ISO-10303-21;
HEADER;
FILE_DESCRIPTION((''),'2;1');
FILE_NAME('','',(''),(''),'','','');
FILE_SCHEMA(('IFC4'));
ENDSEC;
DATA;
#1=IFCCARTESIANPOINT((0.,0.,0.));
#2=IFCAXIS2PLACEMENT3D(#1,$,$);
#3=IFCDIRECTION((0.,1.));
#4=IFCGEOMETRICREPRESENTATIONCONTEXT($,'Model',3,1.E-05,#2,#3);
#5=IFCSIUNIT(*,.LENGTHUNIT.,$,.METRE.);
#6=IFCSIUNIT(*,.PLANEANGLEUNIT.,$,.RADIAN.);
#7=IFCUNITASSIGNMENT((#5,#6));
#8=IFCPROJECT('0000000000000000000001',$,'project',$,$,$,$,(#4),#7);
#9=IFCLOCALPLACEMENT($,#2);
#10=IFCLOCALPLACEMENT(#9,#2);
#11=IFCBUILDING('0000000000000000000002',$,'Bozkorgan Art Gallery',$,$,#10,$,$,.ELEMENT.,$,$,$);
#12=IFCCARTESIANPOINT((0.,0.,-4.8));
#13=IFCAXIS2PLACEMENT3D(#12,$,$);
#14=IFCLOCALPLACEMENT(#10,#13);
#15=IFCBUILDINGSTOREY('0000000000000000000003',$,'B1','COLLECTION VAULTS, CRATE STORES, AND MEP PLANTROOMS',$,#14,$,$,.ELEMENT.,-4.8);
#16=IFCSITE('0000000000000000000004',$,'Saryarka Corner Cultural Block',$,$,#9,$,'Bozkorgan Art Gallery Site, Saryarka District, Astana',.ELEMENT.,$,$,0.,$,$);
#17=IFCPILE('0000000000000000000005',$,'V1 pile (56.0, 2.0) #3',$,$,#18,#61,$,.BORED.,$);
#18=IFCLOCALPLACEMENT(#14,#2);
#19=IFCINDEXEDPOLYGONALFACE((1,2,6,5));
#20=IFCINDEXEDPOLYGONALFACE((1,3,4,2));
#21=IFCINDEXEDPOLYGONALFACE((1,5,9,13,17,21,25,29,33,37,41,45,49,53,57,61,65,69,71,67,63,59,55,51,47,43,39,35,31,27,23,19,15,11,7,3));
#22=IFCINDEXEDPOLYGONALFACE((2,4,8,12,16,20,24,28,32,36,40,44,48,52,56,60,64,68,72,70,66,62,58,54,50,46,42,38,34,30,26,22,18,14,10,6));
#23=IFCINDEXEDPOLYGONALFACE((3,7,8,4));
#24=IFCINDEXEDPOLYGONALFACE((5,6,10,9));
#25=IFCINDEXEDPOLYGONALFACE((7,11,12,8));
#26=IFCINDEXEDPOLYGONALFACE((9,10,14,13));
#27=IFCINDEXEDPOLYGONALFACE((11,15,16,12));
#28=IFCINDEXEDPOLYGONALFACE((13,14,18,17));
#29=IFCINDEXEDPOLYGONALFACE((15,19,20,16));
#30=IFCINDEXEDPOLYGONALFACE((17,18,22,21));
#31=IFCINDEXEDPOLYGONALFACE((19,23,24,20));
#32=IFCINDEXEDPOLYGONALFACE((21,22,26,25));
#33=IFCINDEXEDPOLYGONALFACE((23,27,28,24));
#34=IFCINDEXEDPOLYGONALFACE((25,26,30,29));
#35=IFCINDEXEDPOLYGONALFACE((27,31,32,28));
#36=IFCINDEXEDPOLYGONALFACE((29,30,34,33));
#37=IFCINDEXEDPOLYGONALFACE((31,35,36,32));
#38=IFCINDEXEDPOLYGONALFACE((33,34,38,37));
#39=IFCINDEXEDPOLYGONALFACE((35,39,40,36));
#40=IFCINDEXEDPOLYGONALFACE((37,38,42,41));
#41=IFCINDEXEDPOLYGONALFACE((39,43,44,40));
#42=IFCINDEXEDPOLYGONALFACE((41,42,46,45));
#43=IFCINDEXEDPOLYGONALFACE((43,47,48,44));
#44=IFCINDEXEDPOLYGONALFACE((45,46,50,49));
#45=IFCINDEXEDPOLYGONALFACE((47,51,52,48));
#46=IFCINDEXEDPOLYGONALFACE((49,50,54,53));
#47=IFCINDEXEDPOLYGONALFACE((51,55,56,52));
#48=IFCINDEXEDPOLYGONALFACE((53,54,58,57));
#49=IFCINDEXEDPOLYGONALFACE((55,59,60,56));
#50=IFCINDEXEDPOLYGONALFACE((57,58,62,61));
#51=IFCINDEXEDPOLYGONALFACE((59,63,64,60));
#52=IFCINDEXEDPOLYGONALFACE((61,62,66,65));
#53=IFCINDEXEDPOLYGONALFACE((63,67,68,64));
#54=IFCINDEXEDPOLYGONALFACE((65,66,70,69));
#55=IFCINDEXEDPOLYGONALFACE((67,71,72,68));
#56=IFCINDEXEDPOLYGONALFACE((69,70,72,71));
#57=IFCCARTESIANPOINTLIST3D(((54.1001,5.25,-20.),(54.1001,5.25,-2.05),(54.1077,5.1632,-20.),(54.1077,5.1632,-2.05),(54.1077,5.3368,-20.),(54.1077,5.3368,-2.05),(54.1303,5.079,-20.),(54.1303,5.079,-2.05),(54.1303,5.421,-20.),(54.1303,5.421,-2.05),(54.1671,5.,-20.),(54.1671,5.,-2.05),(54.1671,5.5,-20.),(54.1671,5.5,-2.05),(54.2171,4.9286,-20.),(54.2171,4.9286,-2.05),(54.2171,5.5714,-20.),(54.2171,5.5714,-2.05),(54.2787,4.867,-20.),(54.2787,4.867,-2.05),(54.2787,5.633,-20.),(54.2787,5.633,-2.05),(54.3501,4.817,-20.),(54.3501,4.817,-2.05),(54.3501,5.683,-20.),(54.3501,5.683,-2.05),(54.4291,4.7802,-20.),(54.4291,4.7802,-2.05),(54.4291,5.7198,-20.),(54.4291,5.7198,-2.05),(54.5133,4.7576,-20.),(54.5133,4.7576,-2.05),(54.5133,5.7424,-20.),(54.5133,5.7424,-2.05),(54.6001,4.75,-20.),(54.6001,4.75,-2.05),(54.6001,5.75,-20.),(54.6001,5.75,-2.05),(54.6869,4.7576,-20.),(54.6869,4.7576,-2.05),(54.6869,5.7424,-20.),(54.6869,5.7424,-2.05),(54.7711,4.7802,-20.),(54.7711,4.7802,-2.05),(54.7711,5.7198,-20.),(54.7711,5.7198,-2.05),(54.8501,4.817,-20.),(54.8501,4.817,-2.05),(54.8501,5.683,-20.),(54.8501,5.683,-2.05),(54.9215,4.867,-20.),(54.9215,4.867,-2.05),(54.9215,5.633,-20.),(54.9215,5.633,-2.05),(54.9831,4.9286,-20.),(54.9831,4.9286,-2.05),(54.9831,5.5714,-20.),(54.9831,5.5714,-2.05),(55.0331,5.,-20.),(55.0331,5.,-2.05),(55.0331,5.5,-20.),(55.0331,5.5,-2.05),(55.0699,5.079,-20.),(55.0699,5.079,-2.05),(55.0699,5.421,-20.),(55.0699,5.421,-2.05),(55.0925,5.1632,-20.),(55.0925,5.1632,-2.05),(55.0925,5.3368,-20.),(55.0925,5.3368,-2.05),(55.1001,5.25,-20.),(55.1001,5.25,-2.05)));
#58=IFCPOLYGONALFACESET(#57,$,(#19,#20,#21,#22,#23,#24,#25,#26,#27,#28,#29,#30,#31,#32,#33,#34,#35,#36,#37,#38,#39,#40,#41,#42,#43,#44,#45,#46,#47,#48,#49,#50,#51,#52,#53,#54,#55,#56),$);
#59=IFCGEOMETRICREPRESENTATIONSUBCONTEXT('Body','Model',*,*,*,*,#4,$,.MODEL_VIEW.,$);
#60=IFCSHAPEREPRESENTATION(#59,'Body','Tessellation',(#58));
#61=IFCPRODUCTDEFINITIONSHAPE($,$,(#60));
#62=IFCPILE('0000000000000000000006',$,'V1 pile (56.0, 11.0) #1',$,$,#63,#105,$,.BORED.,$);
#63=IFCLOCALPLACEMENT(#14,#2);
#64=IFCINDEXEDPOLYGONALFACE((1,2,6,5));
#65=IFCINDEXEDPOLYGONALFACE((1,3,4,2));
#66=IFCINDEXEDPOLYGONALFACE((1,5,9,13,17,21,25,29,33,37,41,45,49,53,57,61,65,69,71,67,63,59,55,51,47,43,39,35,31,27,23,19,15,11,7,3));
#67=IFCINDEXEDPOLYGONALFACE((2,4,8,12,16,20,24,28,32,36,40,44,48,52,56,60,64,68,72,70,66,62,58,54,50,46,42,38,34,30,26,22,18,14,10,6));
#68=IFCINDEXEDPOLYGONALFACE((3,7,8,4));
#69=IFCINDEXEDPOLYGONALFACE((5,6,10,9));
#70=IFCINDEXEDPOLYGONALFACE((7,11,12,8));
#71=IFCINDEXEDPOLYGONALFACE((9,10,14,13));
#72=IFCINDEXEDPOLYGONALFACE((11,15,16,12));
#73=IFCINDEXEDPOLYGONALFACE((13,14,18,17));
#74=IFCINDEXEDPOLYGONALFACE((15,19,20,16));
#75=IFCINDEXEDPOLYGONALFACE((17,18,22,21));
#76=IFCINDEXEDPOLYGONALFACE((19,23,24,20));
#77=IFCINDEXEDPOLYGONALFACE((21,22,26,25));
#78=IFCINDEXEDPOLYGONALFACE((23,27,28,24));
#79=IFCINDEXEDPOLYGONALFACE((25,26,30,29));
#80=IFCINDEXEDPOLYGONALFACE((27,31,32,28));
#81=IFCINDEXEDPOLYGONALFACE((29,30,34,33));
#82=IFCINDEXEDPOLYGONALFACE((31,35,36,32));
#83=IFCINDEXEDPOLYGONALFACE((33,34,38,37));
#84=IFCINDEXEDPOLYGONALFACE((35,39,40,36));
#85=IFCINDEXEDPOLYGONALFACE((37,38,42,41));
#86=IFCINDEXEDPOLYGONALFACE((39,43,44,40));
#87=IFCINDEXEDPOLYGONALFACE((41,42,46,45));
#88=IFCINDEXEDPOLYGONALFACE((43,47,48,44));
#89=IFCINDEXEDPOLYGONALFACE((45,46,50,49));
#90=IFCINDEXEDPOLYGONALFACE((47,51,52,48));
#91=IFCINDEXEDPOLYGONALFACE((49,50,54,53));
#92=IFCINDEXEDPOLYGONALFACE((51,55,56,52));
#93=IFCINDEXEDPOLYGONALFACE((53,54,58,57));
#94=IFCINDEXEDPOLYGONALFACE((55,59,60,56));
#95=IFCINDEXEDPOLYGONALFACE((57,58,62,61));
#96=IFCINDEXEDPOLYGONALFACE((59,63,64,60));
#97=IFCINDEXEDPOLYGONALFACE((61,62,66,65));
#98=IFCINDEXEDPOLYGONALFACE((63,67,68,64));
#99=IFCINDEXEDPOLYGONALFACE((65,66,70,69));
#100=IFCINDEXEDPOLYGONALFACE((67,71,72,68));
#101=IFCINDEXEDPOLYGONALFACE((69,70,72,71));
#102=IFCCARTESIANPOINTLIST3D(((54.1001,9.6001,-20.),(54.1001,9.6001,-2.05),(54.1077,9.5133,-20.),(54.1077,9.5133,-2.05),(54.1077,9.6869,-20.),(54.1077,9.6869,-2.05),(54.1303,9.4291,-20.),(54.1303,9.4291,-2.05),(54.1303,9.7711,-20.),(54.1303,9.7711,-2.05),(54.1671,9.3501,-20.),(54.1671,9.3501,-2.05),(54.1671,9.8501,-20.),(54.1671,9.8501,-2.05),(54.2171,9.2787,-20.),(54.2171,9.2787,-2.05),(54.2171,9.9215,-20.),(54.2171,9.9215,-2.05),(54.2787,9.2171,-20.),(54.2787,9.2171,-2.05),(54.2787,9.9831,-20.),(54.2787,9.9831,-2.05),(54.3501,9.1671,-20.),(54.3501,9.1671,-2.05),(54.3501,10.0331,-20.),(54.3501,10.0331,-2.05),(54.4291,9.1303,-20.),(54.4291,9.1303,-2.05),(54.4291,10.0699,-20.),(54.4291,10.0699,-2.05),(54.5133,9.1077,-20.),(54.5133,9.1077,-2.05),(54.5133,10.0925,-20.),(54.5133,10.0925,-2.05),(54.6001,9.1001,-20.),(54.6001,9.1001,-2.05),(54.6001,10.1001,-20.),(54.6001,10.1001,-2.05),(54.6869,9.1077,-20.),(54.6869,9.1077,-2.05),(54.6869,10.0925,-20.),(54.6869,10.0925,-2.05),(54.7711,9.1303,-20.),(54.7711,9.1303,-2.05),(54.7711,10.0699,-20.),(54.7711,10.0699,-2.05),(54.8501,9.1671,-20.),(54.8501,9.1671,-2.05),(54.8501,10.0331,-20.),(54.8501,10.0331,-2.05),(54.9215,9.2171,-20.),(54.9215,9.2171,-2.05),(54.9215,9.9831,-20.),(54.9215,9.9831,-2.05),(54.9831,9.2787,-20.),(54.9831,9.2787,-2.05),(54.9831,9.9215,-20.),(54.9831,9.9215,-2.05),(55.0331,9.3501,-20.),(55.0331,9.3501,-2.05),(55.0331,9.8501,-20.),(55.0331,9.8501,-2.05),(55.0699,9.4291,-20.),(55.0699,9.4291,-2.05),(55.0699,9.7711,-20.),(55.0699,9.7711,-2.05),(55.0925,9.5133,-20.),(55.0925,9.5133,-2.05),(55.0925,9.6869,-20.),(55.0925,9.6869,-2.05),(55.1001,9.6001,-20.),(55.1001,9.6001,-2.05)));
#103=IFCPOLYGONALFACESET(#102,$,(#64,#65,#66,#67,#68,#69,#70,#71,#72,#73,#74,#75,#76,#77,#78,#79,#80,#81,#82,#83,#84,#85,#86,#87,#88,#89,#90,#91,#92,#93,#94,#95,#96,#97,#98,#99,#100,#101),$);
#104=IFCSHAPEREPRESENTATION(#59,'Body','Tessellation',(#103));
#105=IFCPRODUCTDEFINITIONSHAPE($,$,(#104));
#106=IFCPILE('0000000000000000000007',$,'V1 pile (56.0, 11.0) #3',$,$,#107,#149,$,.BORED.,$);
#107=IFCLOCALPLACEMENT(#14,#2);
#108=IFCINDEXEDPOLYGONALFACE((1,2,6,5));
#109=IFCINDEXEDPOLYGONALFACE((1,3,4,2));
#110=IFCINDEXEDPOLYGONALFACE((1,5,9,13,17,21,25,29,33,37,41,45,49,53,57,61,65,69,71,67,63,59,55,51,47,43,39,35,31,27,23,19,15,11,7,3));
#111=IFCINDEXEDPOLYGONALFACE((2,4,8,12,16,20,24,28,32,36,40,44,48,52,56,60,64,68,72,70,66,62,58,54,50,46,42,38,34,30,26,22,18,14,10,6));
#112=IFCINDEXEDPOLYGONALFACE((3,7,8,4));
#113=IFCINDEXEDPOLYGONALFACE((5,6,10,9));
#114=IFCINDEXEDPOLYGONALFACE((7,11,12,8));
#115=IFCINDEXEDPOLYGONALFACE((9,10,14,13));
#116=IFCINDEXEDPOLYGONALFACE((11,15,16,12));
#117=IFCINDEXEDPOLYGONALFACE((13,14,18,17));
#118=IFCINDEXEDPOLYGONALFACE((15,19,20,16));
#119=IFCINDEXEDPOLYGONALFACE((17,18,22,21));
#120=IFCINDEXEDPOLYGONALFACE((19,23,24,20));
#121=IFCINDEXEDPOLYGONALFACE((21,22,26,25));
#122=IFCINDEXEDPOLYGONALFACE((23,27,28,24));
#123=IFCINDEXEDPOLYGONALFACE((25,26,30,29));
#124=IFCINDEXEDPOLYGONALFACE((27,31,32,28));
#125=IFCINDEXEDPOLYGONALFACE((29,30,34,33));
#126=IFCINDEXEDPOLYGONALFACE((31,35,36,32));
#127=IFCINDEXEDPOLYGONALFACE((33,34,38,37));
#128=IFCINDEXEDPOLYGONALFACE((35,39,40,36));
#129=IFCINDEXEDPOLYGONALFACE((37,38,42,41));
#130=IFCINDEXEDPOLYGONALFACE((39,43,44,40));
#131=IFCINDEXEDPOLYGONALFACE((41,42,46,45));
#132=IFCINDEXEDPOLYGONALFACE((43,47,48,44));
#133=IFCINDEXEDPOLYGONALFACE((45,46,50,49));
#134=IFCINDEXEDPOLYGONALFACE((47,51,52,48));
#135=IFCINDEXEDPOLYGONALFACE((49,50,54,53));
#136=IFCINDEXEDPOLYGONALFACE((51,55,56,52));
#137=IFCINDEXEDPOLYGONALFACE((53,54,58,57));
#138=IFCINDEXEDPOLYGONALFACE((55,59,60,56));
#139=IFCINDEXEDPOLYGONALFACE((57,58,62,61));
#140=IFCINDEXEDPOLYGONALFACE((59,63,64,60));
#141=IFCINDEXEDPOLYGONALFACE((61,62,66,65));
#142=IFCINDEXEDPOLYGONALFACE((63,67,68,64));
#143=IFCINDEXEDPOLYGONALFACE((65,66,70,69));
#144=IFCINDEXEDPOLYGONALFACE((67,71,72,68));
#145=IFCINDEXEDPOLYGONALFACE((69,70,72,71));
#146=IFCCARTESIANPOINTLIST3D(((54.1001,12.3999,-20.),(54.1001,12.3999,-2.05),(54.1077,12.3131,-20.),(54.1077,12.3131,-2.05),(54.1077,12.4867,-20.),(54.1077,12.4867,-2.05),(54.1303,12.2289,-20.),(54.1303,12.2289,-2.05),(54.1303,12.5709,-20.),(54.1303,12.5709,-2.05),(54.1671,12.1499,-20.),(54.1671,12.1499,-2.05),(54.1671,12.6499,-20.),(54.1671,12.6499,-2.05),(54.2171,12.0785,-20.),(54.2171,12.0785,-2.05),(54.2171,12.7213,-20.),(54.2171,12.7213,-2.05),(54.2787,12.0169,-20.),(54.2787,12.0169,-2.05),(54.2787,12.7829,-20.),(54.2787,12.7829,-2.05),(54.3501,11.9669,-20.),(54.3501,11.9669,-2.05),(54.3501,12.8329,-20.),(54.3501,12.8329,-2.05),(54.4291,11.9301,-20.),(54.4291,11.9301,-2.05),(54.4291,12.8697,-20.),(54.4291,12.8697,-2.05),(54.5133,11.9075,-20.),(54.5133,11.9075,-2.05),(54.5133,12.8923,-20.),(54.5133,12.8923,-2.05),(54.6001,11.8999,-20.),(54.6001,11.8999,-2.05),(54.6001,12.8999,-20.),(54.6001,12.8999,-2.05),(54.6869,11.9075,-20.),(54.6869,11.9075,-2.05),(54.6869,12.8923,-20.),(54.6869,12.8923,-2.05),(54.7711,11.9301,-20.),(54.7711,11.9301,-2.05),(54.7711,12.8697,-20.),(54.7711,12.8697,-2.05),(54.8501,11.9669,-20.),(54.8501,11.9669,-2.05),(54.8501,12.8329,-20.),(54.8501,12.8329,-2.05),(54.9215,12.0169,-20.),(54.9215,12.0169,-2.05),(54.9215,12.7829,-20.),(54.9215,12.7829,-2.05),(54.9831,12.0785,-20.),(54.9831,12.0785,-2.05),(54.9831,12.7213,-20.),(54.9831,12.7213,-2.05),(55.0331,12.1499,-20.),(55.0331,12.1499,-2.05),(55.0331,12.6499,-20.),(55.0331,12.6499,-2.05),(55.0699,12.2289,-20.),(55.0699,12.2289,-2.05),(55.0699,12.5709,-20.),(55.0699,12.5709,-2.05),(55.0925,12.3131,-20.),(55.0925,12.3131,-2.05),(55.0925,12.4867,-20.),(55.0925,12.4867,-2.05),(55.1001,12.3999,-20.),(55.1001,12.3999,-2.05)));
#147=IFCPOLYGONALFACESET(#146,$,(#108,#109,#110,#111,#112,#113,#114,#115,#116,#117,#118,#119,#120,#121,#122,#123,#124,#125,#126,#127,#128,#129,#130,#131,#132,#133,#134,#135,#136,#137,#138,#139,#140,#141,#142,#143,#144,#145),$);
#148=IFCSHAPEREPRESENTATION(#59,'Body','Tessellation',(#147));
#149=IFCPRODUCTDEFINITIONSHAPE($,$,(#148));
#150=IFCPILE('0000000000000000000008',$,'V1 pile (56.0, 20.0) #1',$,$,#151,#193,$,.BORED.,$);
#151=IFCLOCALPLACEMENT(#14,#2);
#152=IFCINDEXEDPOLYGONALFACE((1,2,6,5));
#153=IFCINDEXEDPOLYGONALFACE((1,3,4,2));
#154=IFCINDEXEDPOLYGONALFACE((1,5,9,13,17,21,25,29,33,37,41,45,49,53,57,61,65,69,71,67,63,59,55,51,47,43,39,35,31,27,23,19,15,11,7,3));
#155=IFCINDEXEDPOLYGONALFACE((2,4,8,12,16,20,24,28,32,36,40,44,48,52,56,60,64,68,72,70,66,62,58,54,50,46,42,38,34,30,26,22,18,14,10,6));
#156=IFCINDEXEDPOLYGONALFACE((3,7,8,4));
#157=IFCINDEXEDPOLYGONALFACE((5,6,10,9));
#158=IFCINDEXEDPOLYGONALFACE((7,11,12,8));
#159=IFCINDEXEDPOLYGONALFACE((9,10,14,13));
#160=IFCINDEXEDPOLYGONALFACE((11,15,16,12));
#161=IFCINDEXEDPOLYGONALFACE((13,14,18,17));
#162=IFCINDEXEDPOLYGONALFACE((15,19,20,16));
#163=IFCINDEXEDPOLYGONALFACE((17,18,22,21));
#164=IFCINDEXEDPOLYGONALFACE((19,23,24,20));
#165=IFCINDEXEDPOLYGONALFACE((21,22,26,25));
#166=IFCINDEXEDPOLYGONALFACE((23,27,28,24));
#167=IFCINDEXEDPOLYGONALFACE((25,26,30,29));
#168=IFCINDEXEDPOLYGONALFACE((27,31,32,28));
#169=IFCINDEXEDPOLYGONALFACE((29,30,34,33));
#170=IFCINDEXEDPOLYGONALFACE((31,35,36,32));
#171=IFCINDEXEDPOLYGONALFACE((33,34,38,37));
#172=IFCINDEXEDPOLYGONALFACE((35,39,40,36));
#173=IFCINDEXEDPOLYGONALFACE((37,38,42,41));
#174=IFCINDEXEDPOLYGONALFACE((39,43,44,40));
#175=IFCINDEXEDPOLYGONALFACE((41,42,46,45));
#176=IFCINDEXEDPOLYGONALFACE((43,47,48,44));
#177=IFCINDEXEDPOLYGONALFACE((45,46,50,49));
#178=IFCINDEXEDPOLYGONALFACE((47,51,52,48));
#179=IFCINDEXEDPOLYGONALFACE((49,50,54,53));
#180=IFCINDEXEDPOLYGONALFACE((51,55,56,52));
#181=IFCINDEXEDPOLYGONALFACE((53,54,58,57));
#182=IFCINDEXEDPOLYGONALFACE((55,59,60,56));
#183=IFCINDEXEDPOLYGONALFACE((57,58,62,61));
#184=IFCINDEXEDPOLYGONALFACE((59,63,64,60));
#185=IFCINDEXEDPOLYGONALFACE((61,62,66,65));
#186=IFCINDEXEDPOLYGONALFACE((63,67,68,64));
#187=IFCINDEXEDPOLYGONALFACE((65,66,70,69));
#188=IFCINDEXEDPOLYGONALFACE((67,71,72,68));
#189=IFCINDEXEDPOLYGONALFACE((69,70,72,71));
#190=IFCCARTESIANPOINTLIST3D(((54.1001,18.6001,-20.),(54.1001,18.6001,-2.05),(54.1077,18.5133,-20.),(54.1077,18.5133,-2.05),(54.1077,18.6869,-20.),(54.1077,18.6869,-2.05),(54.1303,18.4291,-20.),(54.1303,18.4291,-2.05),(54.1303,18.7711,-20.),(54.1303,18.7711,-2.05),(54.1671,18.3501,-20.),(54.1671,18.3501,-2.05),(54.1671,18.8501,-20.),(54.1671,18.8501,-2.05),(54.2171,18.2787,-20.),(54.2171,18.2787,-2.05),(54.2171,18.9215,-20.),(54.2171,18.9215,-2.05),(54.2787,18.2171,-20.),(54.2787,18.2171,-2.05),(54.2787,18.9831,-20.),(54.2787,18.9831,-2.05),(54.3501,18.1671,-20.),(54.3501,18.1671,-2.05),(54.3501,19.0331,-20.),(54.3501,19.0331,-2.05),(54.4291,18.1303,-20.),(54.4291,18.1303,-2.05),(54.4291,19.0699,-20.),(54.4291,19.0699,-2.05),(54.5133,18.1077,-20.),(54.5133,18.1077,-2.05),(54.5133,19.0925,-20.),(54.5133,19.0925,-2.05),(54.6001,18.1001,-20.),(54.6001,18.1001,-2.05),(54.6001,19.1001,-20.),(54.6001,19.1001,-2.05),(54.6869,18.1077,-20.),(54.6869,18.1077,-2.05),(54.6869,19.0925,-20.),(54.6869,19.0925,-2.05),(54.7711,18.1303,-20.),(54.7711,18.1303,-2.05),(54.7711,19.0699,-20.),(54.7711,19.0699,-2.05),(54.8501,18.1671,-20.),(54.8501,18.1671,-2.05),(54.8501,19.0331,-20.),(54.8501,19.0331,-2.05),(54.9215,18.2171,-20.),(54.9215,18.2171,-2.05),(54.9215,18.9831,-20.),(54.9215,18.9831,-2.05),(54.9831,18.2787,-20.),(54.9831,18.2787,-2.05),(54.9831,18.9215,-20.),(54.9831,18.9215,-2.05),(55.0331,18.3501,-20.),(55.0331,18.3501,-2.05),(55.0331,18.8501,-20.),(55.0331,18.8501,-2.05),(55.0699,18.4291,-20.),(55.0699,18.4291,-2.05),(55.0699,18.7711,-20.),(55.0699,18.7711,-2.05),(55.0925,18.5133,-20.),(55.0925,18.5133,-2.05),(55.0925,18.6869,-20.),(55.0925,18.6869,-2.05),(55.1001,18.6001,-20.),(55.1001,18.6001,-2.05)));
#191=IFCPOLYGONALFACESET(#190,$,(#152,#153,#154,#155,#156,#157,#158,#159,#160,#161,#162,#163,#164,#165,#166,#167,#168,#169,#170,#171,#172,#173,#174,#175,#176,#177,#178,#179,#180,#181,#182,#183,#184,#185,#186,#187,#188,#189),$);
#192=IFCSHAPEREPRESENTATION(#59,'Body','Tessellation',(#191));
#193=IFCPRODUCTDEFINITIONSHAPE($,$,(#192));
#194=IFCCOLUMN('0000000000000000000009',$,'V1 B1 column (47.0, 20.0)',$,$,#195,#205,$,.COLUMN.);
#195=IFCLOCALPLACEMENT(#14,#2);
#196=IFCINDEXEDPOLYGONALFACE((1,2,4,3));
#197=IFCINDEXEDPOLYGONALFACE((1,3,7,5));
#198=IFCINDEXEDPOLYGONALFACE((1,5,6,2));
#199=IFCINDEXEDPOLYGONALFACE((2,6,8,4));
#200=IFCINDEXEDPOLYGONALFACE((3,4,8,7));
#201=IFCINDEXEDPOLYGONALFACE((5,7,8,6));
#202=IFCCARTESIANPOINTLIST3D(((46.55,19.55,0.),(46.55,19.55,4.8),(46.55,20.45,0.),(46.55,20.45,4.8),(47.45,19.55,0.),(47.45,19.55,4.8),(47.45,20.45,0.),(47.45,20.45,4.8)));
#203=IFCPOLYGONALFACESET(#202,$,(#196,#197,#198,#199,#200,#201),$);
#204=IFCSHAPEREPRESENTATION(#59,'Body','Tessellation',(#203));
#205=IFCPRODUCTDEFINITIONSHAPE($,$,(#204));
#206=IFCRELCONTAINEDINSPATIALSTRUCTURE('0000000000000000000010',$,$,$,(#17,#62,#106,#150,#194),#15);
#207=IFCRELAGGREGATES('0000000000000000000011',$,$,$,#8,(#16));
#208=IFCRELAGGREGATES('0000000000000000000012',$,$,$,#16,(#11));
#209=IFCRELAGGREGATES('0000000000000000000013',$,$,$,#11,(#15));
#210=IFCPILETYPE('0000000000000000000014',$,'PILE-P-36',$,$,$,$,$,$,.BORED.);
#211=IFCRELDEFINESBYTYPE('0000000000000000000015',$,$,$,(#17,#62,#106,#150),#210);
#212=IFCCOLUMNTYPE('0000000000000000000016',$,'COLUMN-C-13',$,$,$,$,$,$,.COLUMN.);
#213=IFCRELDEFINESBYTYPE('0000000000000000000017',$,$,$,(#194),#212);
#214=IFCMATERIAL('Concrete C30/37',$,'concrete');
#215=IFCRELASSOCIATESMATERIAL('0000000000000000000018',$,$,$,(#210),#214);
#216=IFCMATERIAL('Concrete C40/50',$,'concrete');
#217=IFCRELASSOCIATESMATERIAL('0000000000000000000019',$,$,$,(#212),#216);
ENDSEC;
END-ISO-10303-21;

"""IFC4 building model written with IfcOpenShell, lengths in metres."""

from ifc_helpers import new_model, si_unit, direction, frame, origin, origin_2d, place, context, subcontext, project, spatial, rectangle, circle, extrude, material, material_profile, profile_set, type_object, element, save


model = new_model("IFC4")

# Units and contexts
model_context = context("Model", 3, precision=1e-05, world=origin(), true_north=direction((0.0, 1.0)))
body_context = subcontext(model_context, "Body", "Model", "MODEL_VIEW")
ifc_project = project(units=[si_unit("LENGTHUNIT", "METRE"), si_unit("PLANEANGLEUNIT", "RADIAN")], contexts=[model_context])

# Site, building, storey
site_placement = place(None, origin())
site = spatial("IfcSite", under=ifc_project, at=site_placement, Name="Saryarka Corner Cultural Block", LongName="Bozkorgan Art Gallery Site, Saryarka District, Astana", CompositionType="ELEMENT", RefElevation=0.0)
building_placement = place(site_placement, origin())
building = spatial("IfcBuilding", under=site, at=building_placement, Name="Bozkorgan Art Gallery", CompositionType="ELEMENT")
storey_placement = place(building_placement, frame((0.0, 0.0, -4.8)))
storey = spatial("IfcBuildingStorey", under=building, at=storey_placement, Name="B1", Description="COLLECTION VAULTS, CRATE STORES, AND MEP PLANTROOMS", CompositionType="ELEMENT", Elevation=-4.8)

# Shared definitions
ifc_material_1 = material(Name="Concrete C30/37", Category="concrete")

# Piles
ifc_material_profile_1 = material_profile(ifc_material_1, circle(Radius=0.5, at=origin_2d()), Name="PILE D1000")
ifc_profile_set_1 = profile_set([ifc_material_profile_1], Name="Concrete C30/37")
pile_type = type_object("IfcPileType", Name="PILE-P-36", PredefinedType="BORED", material=ifc_profile_set_1)
for number, where, z_axis, x_axis, name in (
    (1, (54.6001, 5.25, -2.05), (0.0, 0.0, -1.0), (1.0, 0.0, 0.0), "V1 pile (56.0, 2.0) #3"),
    (2, (54.6001, 9.6001, -2.05), (0.0, 0.0, -1.0), (1.0, 0.0, 0.0), "V1 pile (56.0, 11.0) #1"),
    (3, (54.6001, 12.3999, -2.05), (0.0, 0.0, -1.0), (1.0, 0.0, 0.0), "V1 pile (56.0, 11.0) #3"),
    (4, (54.6001, 18.6001, -2.05), (0.0, 0.0, -1.0), (1.0, 0.0, 0.0), "V1 pile (56.0, 20.0) #1"),
):
    element("IfcPile", number, at=place(storey_placement, frame(where, z_axis=z_axis, x_axis=x_axis)), inside=storey, type_object=pile_type, Name=name, PredefinedType="BORED", context=body_context, shape_type="SweptSolid", body=[
        extrude(circle(Radius=0.5, at=origin_2d()), origin(), (0.0, 0.0, 1.0), 17.95),
    ])

# Column
ifc_material_2 = material(Name="Concrete C40/50", Category="concrete")
ifc_material_profile_2 = material_profile(ifc_material_2, rectangle(XDim=0.8999, YDim=0.8999, at=origin_2d()), Name="RC 900x900")
ifc_profile_set_2 = profile_set([ifc_material_profile_2], Name="Concrete C40/50")
column_type = type_object("IfcColumnType", Name="COLUMN-C-13", PredefinedType="COLUMN", material=ifc_profile_set_2)
for number, where, z_axis, x_axis, name in (
    (5, (47.0, 20.0, 0.0), (0.0, 0.0, 1.0), (1.0, 0.0, 0.0), "V1 B1 column (47.0, 20.0)"),
):
    element("IfcColumn", number, at=place(storey_placement, frame(where, z_axis=z_axis, x_axis=x_axis)), inside=storey, type_object=column_type, Name=name, PredefinedType="COLUMN", context=body_context, shape_type="SweptSolid", body=[
        extrude(rectangle(XDim=0.8999, YDim=0.8999, at=origin_2d()), origin(), (0.0, 0.0, 1.0), 4.8),
    ])

save(model, "model.ifc")
